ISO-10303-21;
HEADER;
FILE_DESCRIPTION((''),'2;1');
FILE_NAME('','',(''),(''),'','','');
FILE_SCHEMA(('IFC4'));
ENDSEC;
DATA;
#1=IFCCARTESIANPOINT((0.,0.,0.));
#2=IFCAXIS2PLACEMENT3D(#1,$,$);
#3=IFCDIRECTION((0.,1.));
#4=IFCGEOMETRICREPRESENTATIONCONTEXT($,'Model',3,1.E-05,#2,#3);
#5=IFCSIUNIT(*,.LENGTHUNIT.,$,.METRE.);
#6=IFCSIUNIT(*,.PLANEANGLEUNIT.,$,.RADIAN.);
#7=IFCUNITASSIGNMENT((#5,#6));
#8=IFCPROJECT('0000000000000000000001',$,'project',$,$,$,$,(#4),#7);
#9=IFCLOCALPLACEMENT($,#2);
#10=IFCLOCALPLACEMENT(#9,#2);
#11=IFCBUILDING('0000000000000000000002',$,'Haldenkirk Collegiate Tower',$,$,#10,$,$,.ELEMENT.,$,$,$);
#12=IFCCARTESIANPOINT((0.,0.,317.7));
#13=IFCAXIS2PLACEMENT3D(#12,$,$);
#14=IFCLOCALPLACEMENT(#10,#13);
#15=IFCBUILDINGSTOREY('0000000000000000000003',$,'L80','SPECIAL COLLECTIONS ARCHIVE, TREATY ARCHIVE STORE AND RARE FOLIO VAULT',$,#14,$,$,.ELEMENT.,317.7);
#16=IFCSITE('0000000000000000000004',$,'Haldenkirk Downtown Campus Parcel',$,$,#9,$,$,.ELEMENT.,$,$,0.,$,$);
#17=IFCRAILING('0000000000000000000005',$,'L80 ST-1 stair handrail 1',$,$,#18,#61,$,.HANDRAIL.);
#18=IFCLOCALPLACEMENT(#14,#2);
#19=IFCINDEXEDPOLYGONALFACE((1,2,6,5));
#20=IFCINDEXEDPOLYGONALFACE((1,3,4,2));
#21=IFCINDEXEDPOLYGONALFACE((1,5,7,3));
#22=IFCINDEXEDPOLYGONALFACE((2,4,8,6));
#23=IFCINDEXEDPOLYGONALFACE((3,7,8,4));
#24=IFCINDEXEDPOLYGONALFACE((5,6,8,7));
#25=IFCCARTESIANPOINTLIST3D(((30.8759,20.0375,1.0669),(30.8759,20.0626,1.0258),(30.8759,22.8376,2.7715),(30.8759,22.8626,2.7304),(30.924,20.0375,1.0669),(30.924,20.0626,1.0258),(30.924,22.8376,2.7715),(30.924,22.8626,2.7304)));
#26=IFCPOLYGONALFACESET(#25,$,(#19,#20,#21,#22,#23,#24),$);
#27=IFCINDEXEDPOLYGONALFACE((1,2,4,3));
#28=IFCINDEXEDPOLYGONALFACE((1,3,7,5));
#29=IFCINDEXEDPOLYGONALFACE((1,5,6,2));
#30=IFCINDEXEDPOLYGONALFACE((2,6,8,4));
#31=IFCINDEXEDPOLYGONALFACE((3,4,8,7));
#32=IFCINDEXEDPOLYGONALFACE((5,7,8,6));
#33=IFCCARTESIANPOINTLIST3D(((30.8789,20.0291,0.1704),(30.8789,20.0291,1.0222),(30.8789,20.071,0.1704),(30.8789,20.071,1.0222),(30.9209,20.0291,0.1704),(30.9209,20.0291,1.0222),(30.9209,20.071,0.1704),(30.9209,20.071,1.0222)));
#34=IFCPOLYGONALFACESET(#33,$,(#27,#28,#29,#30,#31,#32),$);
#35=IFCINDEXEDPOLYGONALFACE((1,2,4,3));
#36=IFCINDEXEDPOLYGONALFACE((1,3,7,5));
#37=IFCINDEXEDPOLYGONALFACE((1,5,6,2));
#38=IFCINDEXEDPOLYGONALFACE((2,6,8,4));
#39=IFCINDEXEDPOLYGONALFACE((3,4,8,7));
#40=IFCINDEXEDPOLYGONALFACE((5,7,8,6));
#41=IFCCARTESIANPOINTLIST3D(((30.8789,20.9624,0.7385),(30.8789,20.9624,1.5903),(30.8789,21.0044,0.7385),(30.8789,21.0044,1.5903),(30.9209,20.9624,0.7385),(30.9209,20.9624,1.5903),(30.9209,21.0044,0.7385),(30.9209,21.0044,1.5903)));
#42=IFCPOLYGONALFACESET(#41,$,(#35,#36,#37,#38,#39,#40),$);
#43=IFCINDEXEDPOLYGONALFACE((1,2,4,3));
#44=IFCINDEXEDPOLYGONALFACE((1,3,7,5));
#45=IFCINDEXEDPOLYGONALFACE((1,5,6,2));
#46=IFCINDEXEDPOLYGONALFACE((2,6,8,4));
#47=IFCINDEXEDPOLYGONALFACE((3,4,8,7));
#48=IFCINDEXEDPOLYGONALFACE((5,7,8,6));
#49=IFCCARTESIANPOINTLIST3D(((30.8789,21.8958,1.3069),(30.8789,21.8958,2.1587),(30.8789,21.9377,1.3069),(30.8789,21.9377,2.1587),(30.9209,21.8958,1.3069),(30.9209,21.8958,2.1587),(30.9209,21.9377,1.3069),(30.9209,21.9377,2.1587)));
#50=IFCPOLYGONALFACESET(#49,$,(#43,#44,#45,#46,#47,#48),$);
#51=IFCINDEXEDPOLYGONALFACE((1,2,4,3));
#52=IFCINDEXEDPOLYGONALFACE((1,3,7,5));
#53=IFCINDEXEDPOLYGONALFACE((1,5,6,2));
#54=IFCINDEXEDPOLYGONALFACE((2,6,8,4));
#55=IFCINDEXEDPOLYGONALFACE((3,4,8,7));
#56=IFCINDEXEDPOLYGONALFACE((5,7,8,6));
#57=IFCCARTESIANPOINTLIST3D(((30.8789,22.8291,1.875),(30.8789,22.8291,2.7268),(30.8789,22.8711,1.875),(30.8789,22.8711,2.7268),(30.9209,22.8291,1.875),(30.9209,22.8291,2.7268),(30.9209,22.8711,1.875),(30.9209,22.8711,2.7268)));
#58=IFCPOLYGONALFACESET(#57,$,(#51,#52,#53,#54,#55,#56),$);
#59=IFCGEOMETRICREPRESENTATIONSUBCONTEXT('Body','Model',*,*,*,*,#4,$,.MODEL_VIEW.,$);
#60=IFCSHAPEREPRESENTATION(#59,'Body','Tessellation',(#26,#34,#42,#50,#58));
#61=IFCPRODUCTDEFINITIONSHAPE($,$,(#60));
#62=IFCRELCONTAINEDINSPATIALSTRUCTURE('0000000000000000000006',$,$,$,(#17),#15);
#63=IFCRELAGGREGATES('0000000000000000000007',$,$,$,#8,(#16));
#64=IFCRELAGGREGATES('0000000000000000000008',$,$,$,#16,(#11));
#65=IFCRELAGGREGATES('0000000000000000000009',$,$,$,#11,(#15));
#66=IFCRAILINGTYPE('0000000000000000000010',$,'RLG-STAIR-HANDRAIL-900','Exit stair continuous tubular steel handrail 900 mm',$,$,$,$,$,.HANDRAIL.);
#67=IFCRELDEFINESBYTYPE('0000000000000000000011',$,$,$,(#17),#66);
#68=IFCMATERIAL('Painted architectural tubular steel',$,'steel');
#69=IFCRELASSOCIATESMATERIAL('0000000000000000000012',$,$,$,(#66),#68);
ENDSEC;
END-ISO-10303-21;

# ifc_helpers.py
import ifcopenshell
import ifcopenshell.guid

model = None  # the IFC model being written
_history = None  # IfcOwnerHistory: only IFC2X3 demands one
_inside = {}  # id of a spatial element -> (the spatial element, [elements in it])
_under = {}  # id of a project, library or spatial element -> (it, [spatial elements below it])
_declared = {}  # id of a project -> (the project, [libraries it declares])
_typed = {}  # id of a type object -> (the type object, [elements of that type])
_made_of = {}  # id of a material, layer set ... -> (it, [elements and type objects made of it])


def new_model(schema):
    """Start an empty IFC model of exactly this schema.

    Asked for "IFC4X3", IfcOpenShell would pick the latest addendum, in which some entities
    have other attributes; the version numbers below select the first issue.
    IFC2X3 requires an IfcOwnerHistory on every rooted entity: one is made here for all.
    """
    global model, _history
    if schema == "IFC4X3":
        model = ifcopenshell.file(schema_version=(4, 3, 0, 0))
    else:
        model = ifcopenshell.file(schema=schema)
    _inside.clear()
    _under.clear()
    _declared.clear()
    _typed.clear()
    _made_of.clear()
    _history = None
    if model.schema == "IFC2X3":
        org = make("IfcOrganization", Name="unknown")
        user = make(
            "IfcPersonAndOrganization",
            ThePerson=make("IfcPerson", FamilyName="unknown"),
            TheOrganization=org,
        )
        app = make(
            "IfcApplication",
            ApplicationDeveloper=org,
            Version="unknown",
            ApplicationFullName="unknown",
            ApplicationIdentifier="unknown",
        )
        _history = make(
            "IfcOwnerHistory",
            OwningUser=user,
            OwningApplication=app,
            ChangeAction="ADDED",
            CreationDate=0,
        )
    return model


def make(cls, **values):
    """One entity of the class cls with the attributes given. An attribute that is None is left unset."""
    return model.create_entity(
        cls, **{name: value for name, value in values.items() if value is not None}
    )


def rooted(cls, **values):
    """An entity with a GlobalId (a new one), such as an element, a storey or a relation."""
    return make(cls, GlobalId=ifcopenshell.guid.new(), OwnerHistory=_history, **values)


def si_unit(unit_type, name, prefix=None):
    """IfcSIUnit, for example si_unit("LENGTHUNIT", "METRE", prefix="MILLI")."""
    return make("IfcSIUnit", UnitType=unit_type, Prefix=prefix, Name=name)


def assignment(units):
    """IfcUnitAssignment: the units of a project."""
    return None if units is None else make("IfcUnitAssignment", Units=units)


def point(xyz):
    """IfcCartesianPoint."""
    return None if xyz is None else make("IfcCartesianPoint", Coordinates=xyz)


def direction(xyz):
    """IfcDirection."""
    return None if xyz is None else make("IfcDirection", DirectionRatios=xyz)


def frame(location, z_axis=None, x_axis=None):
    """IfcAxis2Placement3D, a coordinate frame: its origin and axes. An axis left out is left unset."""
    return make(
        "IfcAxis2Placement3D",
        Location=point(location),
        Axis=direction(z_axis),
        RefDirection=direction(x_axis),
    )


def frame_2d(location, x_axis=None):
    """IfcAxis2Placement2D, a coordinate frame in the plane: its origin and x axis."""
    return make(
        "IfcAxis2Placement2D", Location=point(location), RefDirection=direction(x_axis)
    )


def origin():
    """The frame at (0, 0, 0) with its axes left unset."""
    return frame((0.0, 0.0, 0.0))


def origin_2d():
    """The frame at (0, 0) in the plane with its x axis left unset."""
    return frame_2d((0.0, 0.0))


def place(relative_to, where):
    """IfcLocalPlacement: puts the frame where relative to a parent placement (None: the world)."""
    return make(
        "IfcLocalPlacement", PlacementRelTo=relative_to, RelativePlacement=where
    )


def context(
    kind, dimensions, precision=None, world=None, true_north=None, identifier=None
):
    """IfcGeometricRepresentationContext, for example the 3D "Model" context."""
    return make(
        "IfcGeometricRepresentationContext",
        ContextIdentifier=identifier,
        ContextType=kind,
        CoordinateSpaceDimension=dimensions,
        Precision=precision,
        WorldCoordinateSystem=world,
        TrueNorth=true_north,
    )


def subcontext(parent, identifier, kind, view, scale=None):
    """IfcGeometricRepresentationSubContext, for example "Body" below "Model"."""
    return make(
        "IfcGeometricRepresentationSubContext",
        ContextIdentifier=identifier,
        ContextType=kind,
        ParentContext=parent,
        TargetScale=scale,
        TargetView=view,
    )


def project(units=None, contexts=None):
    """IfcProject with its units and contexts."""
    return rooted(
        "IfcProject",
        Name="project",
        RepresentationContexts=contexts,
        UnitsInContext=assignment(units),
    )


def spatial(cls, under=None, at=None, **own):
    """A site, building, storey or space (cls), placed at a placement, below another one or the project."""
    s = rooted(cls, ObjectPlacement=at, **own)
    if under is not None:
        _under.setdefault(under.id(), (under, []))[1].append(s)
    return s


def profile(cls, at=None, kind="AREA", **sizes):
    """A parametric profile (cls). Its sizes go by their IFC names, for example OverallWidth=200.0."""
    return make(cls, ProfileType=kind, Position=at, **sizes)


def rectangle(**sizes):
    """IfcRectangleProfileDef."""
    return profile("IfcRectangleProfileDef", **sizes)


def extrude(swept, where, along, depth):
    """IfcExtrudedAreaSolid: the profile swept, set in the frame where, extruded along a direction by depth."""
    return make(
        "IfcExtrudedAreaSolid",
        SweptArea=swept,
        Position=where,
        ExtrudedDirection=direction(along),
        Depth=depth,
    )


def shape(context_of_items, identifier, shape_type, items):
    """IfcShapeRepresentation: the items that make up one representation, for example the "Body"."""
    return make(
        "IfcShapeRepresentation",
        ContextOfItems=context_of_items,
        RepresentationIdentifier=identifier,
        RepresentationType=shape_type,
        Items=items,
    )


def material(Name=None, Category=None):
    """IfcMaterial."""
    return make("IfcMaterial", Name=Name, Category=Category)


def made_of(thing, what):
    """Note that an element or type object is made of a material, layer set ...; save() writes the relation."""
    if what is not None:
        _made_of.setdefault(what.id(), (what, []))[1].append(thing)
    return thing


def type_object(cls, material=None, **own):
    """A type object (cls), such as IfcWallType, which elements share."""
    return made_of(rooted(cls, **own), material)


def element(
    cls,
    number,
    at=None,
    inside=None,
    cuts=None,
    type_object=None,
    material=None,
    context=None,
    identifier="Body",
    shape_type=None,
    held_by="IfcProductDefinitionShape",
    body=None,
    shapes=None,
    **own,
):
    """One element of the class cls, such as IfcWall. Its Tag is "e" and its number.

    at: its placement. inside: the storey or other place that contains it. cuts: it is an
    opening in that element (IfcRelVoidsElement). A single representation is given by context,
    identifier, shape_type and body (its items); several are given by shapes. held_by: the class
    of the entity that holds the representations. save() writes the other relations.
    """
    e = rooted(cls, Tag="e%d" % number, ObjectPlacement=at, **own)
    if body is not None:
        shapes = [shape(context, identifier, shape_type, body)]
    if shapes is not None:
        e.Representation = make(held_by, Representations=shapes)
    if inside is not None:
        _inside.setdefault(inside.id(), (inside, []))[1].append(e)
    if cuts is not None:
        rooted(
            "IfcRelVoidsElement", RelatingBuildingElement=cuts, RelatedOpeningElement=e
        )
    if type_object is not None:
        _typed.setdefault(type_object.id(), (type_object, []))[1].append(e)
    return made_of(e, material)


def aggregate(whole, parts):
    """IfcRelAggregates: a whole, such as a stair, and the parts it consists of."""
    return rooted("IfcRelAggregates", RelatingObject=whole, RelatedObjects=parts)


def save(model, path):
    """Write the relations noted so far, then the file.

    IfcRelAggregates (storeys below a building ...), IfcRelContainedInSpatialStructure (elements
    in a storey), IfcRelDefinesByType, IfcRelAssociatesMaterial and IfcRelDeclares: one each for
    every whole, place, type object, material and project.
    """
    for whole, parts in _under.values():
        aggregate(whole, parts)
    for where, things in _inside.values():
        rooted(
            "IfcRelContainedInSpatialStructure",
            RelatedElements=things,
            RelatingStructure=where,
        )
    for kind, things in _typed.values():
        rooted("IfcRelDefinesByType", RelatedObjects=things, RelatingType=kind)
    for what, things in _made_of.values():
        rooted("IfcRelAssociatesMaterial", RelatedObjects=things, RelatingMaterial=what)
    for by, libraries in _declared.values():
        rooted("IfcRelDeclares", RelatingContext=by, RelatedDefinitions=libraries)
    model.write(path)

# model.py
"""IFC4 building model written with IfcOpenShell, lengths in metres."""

from ifc_helpers import new_model, si_unit, direction, frame, origin, origin_2d, place, context, subcontext, project, spatial, rectangle, extrude, material, type_object, element, save


model = new_model("IFC4")

# Units and contexts
model_context = context("Model", 3, precision=1e-05, world=origin(), true_north=direction((0.0, 1.0)))
body_context = subcontext(model_context, "Body", "Model", "MODEL_VIEW")
ifc_project = project(units=[si_unit("LENGTHUNIT", "METRE"), si_unit("PLANEANGLEUNIT", "RADIAN")], contexts=[model_context])

# Site, building, storey
site_placement = place(None, origin())
site = spatial("IfcSite", under=ifc_project, at=site_placement, Name="Haldenkirk Downtown Campus Parcel", CompositionType="ELEMENT", RefElevation=0.0)
building_placement = place(site_placement, origin())
building = spatial("IfcBuilding", under=site, at=building_placement, Name="Haldenkirk Collegiate Tower", CompositionType="ELEMENT")
storey_placement = place(building_placement, frame((0.0, 0.0, 317.7)))
storey = spatial("IfcBuildingStorey", under=building, at=storey_placement, Name="L80", Description="SPECIAL COLLECTIONS ARCHIVE, TREATY ARCHIVE STORE AND RARE FOLIO VAULT", CompositionType="ELEMENT", Elevation=317.7)

# Railing
ifc_material_1 = material(Name="Painted architectural tubular steel", Category="steel")
railing_type_1 = type_object("IfcRailingType", Name="RLG-STAIR-HANDRAIL-900", Description="Exit stair continuous tubular steel handrail 900 mm", PredefinedType="HANDRAIL", material=ifc_material_1)
railing_1_placement = place(storey_placement, frame((30.8999, 20.05, 0.1704)))
element("IfcRailing", 1, at=railing_1_placement, inside=storey, type_object=railing_type_1, Name="L80 ST-1 stair handrail 1", PredefinedType="HANDRAIL", context=body_context, shape_type="SweptSolid", body=[
    extrude(rectangle(XDim=0.0481, YDim=0.0481, at=origin_2d()), frame((0.0, 0.0, 0.876), z_axis=(0.0, 0.85417, 0.519994), x_axis=(-1.0, 0.0, 0.0)), (0.0, 0.0, 1.0), 3.2781),
    extrude(rectangle(XDim=0.042, YDim=0.042, at=origin_2d()), origin(), (0.0, 0.0, 1.0), 0.8518),
    extrude(rectangle(XDim=0.042, YDim=0.042, at=origin_2d()), frame((0.0, 0.9333, 0.5681)), (0.0, 0.0, 1.0), 0.8518),
    extrude(rectangle(XDim=0.042, YDim=0.042, at=origin_2d()), frame((0.0, 1.8667, 1.1365)), (0.0, 0.0, 1.0), 0.8518),
    extrude(rectangle(XDim=0.042, YDim=0.042, at=origin_2d()), frame((0.0, 2.8, 1.7046)), (0.0, 0.0, 1.0), 0.8518),
])

save(model, "model.ifc")
